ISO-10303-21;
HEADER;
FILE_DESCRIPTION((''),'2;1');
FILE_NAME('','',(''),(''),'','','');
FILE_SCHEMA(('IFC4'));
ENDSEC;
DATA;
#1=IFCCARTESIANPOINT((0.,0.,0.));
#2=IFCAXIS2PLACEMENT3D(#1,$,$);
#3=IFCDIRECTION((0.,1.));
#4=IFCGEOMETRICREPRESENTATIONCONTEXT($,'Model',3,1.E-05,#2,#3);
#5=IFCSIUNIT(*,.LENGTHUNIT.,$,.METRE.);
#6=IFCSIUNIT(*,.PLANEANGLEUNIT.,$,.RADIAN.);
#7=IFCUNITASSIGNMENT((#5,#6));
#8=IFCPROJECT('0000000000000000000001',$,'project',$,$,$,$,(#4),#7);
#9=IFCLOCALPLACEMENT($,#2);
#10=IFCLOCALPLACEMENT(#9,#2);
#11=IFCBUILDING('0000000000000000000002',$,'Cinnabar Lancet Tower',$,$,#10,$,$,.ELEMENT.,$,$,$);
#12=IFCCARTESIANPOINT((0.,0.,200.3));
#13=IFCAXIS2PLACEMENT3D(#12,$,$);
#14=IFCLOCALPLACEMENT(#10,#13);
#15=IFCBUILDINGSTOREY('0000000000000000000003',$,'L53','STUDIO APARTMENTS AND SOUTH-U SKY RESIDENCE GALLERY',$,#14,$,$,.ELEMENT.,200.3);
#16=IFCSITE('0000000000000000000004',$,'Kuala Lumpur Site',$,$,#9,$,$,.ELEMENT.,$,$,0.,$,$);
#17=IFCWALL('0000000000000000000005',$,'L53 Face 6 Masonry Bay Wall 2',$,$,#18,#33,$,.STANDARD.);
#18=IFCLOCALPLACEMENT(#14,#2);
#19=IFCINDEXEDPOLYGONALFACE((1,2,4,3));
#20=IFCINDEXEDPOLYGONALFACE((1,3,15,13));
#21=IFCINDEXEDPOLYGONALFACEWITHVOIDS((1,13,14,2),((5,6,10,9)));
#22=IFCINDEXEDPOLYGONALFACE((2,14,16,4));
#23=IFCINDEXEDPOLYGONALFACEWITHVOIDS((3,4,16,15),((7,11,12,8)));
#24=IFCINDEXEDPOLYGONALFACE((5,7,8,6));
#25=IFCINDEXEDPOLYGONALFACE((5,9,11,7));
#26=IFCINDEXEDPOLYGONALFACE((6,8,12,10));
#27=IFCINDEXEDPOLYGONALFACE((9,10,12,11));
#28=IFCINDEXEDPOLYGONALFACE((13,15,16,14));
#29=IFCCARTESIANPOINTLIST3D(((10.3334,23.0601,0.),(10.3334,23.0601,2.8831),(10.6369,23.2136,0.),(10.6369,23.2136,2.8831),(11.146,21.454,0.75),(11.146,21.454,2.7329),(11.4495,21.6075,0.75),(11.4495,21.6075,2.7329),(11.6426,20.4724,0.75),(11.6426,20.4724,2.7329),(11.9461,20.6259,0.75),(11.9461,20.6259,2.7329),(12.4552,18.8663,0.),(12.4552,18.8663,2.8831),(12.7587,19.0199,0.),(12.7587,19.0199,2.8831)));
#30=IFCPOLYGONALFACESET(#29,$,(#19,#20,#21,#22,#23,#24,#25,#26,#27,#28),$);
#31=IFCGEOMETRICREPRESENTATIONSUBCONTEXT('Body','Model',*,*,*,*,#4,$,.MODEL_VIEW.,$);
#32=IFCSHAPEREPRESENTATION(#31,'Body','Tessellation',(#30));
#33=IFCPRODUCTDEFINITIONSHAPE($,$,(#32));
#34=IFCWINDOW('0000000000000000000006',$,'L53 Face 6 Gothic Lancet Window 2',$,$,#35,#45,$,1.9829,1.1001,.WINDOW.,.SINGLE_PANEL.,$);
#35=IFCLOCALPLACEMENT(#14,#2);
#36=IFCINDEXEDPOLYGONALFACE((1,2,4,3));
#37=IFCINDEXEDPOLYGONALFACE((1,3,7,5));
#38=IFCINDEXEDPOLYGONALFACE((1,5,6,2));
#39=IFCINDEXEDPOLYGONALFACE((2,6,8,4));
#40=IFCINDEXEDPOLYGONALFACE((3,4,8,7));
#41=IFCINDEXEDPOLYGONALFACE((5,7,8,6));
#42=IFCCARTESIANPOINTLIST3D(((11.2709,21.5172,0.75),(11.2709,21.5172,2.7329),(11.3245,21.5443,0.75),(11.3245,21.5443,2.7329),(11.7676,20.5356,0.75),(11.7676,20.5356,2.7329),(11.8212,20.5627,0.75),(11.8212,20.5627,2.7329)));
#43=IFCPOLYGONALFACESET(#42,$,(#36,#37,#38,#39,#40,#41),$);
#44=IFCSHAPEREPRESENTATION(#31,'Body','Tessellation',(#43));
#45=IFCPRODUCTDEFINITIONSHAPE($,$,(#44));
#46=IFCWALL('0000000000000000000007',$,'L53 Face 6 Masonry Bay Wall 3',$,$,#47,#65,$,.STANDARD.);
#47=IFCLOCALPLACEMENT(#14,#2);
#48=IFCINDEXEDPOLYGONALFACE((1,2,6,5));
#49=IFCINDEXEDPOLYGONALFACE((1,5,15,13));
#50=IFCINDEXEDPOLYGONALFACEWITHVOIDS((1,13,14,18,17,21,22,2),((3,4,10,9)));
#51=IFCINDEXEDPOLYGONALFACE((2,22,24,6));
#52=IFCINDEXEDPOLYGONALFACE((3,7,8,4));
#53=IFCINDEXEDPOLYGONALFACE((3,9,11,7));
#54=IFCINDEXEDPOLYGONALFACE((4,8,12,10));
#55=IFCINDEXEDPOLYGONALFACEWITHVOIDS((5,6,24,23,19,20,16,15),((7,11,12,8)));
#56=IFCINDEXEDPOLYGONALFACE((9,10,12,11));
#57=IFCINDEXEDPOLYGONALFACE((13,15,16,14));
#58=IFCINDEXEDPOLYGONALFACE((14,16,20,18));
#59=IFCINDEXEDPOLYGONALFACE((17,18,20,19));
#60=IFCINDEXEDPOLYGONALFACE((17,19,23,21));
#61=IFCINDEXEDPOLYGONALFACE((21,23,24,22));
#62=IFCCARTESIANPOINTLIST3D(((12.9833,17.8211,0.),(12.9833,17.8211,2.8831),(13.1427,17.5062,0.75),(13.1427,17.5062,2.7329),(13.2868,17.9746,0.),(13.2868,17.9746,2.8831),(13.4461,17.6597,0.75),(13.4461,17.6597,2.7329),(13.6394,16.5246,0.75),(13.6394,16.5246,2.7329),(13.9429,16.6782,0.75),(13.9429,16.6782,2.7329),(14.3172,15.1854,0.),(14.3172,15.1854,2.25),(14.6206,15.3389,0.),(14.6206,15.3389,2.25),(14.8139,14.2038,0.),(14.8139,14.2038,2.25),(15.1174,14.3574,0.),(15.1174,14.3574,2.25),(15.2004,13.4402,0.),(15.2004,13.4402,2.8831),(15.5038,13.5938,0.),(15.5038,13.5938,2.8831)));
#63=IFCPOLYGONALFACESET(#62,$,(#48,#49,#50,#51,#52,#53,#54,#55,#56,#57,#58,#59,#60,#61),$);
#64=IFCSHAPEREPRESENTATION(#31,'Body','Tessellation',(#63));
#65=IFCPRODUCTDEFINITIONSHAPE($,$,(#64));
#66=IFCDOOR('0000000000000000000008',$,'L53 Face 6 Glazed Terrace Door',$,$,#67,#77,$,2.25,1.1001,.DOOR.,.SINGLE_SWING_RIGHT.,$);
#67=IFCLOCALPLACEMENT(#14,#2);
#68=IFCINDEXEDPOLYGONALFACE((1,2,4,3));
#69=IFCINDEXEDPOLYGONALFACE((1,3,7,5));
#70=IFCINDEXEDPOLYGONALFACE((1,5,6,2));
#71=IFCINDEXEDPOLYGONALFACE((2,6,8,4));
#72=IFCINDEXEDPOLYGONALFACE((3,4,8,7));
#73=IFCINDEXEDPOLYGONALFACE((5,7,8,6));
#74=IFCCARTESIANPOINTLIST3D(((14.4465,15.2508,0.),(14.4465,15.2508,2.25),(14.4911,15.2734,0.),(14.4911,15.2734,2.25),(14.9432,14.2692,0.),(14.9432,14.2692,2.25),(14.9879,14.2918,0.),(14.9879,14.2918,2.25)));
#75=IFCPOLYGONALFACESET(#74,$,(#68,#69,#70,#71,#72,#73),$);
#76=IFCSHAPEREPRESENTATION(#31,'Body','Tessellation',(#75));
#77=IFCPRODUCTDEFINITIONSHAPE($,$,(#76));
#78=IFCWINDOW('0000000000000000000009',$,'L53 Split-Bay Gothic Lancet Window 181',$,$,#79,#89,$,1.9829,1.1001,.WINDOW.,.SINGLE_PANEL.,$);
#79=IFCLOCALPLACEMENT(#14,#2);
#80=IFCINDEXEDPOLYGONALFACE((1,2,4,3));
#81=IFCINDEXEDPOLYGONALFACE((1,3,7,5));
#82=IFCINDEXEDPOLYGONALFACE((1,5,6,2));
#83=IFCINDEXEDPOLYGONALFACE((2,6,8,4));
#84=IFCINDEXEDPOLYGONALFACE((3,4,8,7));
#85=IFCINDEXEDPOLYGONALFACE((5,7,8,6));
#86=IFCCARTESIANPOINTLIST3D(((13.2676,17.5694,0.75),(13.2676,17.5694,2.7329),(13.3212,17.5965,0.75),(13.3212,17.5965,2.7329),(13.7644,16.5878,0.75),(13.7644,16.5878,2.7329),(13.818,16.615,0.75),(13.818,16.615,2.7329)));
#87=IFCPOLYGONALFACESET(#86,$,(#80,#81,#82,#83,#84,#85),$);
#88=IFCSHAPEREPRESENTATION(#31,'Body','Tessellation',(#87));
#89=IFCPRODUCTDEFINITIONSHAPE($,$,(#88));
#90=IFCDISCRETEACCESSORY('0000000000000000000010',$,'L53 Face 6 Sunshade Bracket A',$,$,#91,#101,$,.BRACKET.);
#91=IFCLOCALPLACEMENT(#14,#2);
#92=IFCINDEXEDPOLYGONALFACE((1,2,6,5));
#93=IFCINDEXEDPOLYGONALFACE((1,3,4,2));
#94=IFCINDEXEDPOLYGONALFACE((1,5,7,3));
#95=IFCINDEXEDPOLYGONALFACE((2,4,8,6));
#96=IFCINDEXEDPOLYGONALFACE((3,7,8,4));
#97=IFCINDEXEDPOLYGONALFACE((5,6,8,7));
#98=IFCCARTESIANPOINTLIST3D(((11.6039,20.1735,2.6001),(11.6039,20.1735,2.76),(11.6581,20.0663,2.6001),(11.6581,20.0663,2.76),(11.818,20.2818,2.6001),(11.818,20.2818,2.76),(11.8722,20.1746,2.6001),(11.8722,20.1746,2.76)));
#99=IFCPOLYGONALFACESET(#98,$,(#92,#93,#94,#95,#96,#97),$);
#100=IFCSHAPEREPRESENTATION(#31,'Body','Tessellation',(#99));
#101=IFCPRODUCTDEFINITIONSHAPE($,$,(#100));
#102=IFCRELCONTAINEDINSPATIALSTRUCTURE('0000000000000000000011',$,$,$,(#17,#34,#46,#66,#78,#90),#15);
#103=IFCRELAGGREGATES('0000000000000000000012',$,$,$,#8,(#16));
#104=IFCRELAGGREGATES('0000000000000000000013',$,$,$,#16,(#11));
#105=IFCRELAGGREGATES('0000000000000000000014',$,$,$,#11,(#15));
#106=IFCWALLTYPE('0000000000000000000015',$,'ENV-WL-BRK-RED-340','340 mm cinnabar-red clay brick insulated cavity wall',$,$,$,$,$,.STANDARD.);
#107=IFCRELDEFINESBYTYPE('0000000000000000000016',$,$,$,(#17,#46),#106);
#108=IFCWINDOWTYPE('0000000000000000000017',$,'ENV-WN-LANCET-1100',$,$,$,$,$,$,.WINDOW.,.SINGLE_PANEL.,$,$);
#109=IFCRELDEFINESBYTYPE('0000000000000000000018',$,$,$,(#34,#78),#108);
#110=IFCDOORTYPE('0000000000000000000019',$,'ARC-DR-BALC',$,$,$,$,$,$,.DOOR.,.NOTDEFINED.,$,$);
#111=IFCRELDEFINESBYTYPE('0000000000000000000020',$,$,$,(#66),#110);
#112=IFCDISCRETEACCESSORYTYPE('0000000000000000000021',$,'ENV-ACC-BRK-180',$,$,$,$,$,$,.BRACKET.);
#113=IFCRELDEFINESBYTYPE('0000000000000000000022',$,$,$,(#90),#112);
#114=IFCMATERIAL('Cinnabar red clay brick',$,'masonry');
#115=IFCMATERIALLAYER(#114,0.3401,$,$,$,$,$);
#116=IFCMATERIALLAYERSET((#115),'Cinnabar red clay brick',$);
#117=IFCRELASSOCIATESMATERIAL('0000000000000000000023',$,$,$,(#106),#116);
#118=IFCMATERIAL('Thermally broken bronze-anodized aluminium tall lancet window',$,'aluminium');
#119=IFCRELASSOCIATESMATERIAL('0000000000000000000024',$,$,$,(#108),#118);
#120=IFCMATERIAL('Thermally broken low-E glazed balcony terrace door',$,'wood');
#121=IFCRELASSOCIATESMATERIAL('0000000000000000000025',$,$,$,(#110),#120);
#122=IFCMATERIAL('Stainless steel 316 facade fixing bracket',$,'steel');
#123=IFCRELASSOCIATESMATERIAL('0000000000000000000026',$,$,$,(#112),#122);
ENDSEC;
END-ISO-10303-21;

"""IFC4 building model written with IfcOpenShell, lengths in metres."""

from ifc_helpers import new_model, si_unit, direction, frame, frame_2d, origin, origin_2d, place, context, subcontext, project, spatial, rectangle, extrude, material, layer, layer_set, type_object, element, fill, save


model = new_model("IFC4")

# Units and contexts
model_context = context("Model", 3, precision=1e-05, world=origin(), true_north=direction((0.0, 1.0)))
body_context = subcontext(model_context, "Body", "Model", "MODEL_VIEW")
ifc_project = project(units=[si_unit("LENGTHUNIT", "METRE"), si_unit("PLANEANGLEUNIT", "RADIAN")], contexts=[model_context])

# Site, building, storey
site_placement = place(None, origin())
site = spatial("IfcSite", under=ifc_project, at=site_placement, Name="Kuala Lumpur Site", CompositionType="ELEMENT", RefElevation=0.0)
building_placement = place(site_placement, origin())
building = spatial("IfcBuilding", under=site, at=building_placement, Name="Cinnabar Lancet Tower", CompositionType="ELEMENT")
storey_placement = place(building_placement, frame((0.0, 0.0, 200.3)))
storey = spatial("IfcBuildingStorey", under=building, at=storey_placement, Name="L53", Description="STUDIO APARTMENTS AND SOUTH-U SKY RESIDENCE GALLERY", CompositionType="ELEMENT", Elevation=200.3)

# Wall, opening, window
ifc_material_1 = material(Name="Cinnabar red clay brick", Category="masonry")
ifc_layer_1 = layer(ifc_material_1, 0.3401)
ifc_layer_set_1 = layer_set([ifc_layer_1], Name="Cinnabar red clay brick")
wall_type_1 = type_object("IfcWallType", Name="ENV-WL-BRK-RED-340", Description="340 mm cinnabar-red clay brick insulated cavity wall", PredefinedType="STANDARD", material=ifc_layer_set_1)
wall_1_placement = place(storey_placement, frame((10.4851, 23.137, 0.0), z_axis=(0.0, 0.0, 1.0), x_axis=(0.451447, -0.892298, 0.0)))
wall_1 = element("IfcWall", 1, at=wall_1_placement, inside=storey, type_object=wall_type_1, Name="L53 Face 6 Masonry Bay Wall 2", PredefinedType="STANDARD", context=body_context, shape_type="SweptSolid", body=[
    extrude(rectangle(XDim=4.7, YDim=0.3401, at=frame_2d((2.3501, 0.0))), origin(), (0.0, 0.0, 1.0), 2.8831),
])
opening_1_placement = place(wall_1_placement, frame((1.8, 0.0, 0.75)))
opening_1 = element("IfcOpeningElement", 2, at=opening_1_placement, cuts=wall_1, PredefinedType="OPENING", context=body_context, shape_type="SweptSolid", body=[
    extrude(rectangle(XDim=1.1001, YDim=1.9829, at=frame_2d((0.55, 0.9915))), frame((0.0, 0.1799, 0.0), z_axis=(0.0, -1.0, 0.0), x_axis=(1.0, 0.0, 0.0)), (0.0, 0.0, 1.0), 0.3601),
])
ifc_material_2 = material(Name="Thermally broken bronze-anodized aluminium tall lancet window", Category="aluminium")
window_type = type_object("IfcWindowType", Name="ENV-WN-LANCET-1100", PartitioningType="SINGLE_PANEL", PredefinedType="WINDOW", material=ifc_material_2)
window_1_placement = place(opening_1_placement, origin())
window_1 = element("IfcWindow", 3, at=window_1_placement, inside=storey, type_object=window_type, Name="L53 Face 6 Gothic Lancet Window 2", OverallHeight=1.9829, OverallWidth=1.1001, PartitioningType="SINGLE_PANEL", PredefinedType="WINDOW", context=body_context, shape_type="SweptSolid", body=[
    extrude(rectangle(XDim=1.1001, YDim=1.9829, at=frame_2d((0.55, 0.9915))), frame((0.0, 0.03, 0.0), z_axis=(0.0, -1.0, 0.0), x_axis=(1.0, 0.0, 0.0)), (0.0, 0.0, 1.0), 0.0601),
])
fill(opening_1, window_1)

# Wall, openings, door, window
wall_2_placement = place(storey_placement, frame((13.135, 17.8979, 0.0), z_axis=(0.0, 0.0, 1.0), x_axis=(0.451544, -0.892249, 0.0)))
wall_2 = element("IfcWall", 4, at=wall_2_placement, inside=storey, type_object=wall_type_1, Name="L53 Face 6 Masonry Bay Wall 3", PredefinedType="STANDARD", context=body_context, shape_type="SweptSolid", body=[
    extrude(rectangle(XDim=4.9099, YDim=0.3401, at=frame_2d((2.4551, 0.0))), origin(), (0.0, 0.0, 1.0), 2.8831),
])
opening_2_placement = place(wall_2_placement, frame((2.9541, 0.0, 0.0)))
opening_2 = element("IfcOpeningElement", 5, at=opening_2_placement, cuts=wall_2, PredefinedType="OPENING", context=body_context, shape_type="SweptSolid", body=[
    extrude(rectangle(XDim=1.1001, YDim=2.25, at=frame_2d((0.55, 1.125))), frame((0.0, 0.1799, 0.0), z_axis=(0.0, -1.0, 0.0), x_axis=(1.0, 0.0, 0.0)), (0.0, 0.0, 1.0), 0.3601),
])
opening_3_placement = place(wall_2_placement, frame((0.353, 0.0, 0.75)))
opening_3 = element("IfcOpeningElement", 6, at=opening_3_placement, cuts=wall_2, PredefinedType="OPENING", context=body_context, shape_type="SweptSolid", body=[
    extrude(rectangle(XDim=1.1001, YDim=1.9829, at=frame_2d((0.55, 0.9915))), frame((0.0, 0.1799, 0.0), z_axis=(0.0, -1.0, 0.0), x_axis=(1.0, 0.0, 0.0)), (0.0, 0.0, 1.0), 0.3601),
])
ifc_material_3 = material(Name="Thermally broken low-E glazed balcony terrace door", Category="wood")
door_type_1 = type_object("IfcDoorType", Name="ARC-DR-BALC", OperationType="NOTDEFINED", PredefinedType="DOOR", material=ifc_material_3)
door_1_placement = place(opening_2_placement, origin())
door_1 = element("IfcDoor", 7, at=door_1_placement, inside=storey, type_object=door_type_1, Name="L53 Face 6 Glazed Terrace Door", OperationType="SINGLE_SWING_RIGHT", OverallHeight=2.25, OverallWidth=1.1001, PredefinedType="DOOR", context=body_context, shape_type="SweptSolid", body=[
    extrude(rectangle(XDim=1.1001, YDim=2.25, at=frame_2d((0.55, 1.125))), frame((0.0, 0.0249, 0.0), z_axis=(0.0, -1.0, 0.0), x_axis=(1.0, 0.0, 0.0)), (0.0, 0.0, 1.0), 0.05),
])
fill(opening_2, door_1)
window_2_placement = place(opening_3_placement, origin())
window_2 = element("IfcWindow", 8, at=window_2_placement, inside=storey, type_object=window_type, Name="L53 Split-Bay Gothic Lancet Window 181", OverallHeight=1.9829, OverallWidth=1.1001, PartitioningType="SINGLE_PANEL", PredefinedType="WINDOW", context=body_context, shape_type="SweptSolid", body=[
    extrude(rectangle(XDim=1.1001, YDim=1.9829, at=frame_2d((0.55, 0.9915))), frame((0.0, 0.03, 0.0), z_axis=(0.0, -1.0, 0.0), x_axis=(1.0, 0.0, 0.0)), (0.0, 0.0, 1.0), 0.0601),
])
fill(opening_3, window_2)

# Discrete accessory
ifc_material_4 = material(Name="Stainless steel 316 facade fixing bracket", Category="steel")
discrete_accessory_type = type_object("IfcDiscreteAccessoryType", Name="ENV-ACC-BRK-180", PredefinedType="BRACKET", material=ifc_material_4)
discrete_accessory_placement = place(storey_placement, frame((11.738, 20.1741, 2.6001), z_axis=(0.0, 0.0, 1.0), x_axis=(0.451407, -0.892318, 0.0)))
element("IfcDiscreteAccessory", 9, at=discrete_accessory_placement, inside=storey, type_object=discrete_accessory_type, Name="L53 Face 6 Sunshade Bracket A", PredefinedType="BRACKET", context=body_context, shape_type="SweptSolid", body=[
    extrude(rectangle(XDim=0.1201, YDim=0.24, at=origin_2d()), origin(), (0.0, 0.0, 1.0), 0.1599),
])

save(model, "model.ifc")
